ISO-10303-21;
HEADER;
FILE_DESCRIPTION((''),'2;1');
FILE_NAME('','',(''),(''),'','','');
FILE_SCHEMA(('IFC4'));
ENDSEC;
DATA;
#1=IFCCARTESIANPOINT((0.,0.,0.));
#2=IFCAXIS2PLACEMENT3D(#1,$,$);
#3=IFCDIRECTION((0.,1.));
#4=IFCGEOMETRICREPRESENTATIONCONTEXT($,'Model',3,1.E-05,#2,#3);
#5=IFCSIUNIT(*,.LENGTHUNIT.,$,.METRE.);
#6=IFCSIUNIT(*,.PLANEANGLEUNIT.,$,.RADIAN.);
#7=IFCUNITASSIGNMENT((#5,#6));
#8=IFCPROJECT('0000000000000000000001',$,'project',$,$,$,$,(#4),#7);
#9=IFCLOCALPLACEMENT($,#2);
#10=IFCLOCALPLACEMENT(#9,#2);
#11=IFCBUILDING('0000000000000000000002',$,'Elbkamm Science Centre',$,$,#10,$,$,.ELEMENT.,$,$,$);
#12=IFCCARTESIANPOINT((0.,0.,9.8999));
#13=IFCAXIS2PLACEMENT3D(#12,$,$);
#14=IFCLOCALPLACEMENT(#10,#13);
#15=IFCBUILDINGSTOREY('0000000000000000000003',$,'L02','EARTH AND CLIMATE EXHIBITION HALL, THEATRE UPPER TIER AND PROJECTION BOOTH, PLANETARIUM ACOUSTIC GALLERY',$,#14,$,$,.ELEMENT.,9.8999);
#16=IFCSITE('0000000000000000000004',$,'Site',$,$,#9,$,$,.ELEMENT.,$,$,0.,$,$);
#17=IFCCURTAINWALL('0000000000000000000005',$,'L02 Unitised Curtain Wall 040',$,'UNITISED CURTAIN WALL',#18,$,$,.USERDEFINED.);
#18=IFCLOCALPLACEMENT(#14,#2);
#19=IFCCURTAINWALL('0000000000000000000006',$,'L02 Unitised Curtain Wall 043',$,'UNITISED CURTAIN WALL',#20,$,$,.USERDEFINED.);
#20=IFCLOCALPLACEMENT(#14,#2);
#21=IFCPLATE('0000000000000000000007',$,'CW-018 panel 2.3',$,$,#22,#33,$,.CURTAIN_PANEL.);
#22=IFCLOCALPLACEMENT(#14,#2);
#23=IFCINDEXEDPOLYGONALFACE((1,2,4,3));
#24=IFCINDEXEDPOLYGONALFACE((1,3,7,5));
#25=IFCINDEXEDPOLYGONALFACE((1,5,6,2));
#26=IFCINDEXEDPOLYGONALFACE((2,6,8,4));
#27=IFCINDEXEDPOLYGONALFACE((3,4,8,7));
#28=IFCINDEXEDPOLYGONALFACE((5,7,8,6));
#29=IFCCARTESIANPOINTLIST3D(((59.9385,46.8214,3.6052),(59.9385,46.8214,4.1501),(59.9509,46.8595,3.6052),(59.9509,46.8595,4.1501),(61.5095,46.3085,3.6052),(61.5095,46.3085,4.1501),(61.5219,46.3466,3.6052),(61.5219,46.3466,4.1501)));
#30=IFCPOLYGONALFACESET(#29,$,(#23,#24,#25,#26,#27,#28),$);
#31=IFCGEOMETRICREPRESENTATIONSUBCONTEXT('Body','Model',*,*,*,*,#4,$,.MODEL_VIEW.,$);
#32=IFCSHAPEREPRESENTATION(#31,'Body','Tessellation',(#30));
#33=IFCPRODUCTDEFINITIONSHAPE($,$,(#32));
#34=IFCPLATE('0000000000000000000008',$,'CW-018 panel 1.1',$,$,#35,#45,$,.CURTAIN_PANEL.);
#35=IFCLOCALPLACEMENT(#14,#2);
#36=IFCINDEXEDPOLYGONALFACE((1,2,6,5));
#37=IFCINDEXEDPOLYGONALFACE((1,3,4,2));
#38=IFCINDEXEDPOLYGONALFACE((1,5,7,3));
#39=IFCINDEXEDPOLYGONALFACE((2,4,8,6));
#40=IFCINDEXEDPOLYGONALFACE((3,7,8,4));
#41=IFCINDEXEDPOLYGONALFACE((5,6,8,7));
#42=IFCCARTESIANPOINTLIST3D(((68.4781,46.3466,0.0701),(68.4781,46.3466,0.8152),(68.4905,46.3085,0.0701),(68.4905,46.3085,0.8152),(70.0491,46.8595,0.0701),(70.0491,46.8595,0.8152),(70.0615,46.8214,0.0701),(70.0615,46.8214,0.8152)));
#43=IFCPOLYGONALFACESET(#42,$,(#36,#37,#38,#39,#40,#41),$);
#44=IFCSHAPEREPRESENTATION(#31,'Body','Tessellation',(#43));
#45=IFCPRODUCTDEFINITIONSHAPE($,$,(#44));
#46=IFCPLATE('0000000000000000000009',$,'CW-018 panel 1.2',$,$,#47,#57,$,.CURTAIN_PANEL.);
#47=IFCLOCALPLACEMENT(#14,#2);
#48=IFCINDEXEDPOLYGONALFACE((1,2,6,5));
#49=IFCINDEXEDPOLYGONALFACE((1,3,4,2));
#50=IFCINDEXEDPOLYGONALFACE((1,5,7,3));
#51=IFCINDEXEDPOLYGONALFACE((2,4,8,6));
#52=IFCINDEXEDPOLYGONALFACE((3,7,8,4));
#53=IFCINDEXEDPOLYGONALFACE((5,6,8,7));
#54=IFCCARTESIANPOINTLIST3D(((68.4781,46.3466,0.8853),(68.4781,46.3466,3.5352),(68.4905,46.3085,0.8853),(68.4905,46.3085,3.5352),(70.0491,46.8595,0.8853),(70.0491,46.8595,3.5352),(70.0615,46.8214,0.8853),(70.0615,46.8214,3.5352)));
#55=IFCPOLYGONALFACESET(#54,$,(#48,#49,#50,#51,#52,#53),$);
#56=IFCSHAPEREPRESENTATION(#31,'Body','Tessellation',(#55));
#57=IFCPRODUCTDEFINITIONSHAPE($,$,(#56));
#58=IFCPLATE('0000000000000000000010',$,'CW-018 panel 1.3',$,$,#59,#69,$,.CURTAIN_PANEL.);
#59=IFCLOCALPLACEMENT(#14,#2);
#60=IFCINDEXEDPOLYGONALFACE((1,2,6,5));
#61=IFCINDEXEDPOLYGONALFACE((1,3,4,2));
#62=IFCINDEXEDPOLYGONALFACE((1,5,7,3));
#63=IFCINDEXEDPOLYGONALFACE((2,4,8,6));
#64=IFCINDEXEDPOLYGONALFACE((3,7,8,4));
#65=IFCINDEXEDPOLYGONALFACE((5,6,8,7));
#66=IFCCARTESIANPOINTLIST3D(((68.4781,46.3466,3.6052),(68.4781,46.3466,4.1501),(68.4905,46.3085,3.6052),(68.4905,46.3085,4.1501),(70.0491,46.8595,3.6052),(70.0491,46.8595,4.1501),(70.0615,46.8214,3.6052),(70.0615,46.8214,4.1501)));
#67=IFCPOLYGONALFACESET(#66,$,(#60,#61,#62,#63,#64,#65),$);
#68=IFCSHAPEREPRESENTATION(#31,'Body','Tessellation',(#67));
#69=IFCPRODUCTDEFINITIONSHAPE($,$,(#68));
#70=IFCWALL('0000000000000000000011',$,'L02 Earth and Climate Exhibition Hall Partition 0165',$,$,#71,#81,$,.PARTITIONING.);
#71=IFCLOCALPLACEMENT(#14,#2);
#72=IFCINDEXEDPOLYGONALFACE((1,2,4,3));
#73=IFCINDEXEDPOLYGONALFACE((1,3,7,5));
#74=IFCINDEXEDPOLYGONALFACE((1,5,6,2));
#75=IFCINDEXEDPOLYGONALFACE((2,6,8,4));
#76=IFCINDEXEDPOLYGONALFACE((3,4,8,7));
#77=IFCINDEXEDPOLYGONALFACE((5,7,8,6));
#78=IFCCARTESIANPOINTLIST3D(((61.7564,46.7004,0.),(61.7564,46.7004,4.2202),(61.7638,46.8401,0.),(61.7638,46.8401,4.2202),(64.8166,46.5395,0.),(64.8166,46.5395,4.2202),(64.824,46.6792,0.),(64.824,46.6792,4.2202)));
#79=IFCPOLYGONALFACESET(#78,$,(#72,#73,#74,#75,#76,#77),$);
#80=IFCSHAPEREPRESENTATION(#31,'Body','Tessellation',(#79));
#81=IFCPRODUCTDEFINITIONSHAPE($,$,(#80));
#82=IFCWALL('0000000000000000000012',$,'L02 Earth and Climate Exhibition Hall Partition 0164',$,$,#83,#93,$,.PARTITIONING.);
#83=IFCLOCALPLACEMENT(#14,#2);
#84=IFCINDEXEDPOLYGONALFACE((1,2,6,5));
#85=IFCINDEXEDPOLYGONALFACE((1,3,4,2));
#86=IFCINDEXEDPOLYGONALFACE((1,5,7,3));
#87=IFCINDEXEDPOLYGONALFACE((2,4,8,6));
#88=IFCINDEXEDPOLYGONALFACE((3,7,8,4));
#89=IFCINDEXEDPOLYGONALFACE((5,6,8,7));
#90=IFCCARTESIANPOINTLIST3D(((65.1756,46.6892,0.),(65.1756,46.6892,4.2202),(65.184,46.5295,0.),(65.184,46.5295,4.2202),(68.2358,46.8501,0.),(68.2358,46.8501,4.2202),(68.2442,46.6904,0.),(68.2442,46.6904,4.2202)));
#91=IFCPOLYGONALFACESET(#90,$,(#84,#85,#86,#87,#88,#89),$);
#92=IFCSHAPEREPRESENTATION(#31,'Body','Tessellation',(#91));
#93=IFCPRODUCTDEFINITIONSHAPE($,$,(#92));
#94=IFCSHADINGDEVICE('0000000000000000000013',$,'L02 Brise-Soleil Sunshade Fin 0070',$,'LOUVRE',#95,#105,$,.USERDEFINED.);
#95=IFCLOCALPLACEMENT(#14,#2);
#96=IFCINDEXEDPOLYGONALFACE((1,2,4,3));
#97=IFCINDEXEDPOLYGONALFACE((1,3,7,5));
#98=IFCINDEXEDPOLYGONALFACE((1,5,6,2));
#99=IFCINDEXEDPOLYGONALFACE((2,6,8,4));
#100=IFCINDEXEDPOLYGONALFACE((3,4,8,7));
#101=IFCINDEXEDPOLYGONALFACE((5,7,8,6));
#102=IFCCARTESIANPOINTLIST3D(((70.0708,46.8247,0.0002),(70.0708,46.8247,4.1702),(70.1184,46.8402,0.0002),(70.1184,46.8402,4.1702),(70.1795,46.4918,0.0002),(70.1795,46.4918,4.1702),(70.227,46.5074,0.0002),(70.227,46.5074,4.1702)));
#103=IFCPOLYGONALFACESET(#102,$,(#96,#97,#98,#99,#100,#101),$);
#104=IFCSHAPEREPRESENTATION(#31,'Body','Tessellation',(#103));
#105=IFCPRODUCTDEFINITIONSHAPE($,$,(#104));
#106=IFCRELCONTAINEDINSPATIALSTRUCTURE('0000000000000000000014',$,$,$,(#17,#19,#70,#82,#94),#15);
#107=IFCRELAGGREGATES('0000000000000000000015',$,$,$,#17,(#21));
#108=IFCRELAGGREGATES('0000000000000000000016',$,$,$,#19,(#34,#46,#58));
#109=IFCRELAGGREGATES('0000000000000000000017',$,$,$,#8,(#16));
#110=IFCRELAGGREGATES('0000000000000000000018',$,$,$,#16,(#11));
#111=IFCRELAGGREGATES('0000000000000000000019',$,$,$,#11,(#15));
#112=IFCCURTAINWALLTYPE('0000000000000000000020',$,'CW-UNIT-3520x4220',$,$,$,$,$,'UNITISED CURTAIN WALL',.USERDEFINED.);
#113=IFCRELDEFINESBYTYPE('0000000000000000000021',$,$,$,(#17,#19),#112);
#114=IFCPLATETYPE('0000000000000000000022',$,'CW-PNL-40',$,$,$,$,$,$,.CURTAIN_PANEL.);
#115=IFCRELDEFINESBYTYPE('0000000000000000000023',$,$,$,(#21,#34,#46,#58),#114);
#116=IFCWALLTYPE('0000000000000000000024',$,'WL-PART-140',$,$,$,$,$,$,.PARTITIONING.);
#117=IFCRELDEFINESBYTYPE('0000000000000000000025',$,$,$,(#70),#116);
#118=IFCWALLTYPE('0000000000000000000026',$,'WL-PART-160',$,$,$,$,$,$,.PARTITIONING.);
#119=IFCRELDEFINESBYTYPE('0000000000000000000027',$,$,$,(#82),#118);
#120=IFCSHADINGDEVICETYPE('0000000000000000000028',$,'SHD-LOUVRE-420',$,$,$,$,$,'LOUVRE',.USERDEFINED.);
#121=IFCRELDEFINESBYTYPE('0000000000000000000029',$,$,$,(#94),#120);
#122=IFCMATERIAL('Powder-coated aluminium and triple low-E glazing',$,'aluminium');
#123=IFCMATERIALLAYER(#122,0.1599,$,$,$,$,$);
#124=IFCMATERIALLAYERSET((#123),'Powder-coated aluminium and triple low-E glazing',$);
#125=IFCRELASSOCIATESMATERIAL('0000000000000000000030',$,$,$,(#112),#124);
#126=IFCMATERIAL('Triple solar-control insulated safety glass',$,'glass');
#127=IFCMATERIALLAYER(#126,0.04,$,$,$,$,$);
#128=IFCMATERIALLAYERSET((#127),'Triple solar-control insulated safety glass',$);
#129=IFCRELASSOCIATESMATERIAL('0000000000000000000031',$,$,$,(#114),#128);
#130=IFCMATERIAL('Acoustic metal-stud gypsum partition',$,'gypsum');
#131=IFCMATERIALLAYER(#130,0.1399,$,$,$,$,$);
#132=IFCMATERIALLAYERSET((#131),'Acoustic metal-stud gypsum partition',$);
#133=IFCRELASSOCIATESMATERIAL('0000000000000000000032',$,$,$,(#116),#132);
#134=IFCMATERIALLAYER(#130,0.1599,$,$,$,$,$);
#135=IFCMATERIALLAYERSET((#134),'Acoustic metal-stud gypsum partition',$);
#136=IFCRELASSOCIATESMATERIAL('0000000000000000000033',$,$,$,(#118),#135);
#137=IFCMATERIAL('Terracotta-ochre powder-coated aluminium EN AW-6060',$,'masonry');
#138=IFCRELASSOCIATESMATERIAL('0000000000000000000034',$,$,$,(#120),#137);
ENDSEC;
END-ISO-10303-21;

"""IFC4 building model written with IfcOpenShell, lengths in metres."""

from ifc_helpers import new_model, si_unit, direction, frame, frame_2d, origin, origin_2d, place, context, subcontext, project, spatial, rectangle, extrude, material, layer, layer_set, type_object, element, aggregate, save


model = new_model("IFC4")

# Units and contexts
model_context = context("Model", 3, precision=1e-05, world=origin(), true_north=direction((0.0, 1.0)))
body_context = subcontext(model_context, "Body", "Model", "MODEL_VIEW")
ifc_project = project(units=[si_unit("LENGTHUNIT", "METRE"), si_unit("PLANEANGLEUNIT", "RADIAN")], contexts=[model_context])

# Site, building, storey
site_placement = place(None, origin())
site = spatial("IfcSite", under=ifc_project, at=site_placement, Name="Site", CompositionType="ELEMENT", RefElevation=0.0)
building_placement = place(site_placement, origin())
building = spatial("IfcBuilding", under=site, at=building_placement, Name="Elbkamm Science Centre", CompositionType="ELEMENT")
storey_placement = place(building_placement, frame((0.0, 0.0, 9.8999)))
storey = spatial("IfcBuildingStorey", under=building, at=storey_placement, Name="L02", Description="EARTH AND CLIMATE EXHIBITION HALL, THEATRE UPPER TIER AND PROJECTION BOOTH, PLANETARIUM ACOUSTIC GALLERY", CompositionType="ELEMENT", Elevation=9.8999)

# Curtain wall
ifc_material_1 = material(Name="Powder-coated aluminium and triple low-E glazing", Category="aluminium")
ifc_layer_1 = layer(ifc_material_1, 0.1599)
ifc_layer_set_1 = layer_set([ifc_layer_1], Name="Powder-coated aluminium and triple low-E glazing")
curtain_wall_type = type_object("IfcCurtainWallType", Name="CW-UNIT-3520x4220", ElementType="UNITISED CURTAIN WALL", PredefinedType="USERDEFINED", material=ifc_layer_set_1)
curtain_wall_1_placement = place(storey_placement, origin())
curtain_wall_1 = element("IfcCurtainWall", 1, at=curtain_wall_1_placement, inside=storey, type_object=curtain_wall_type, Name="L02 Unitised Curtain Wall 040", ObjectType="UNITISED CURTAIN WALL", PredefinedType="USERDEFINED")

# Curtain wall
curtain_wall_2_placement = place(storey_placement, origin())
curtain_wall_2 = element("IfcCurtainWall", 2, at=curtain_wall_2_placement, inside=storey, type_object=curtain_wall_type, Name="L02 Unitised Curtain Wall 043", ObjectType="UNITISED CURTAIN WALL", PredefinedType="USERDEFINED")

# Plates
ifc_material_2 = material(Name="Triple solar-control insulated safety glass", Category="glass")
ifc_layer_2 = layer(ifc_material_2, 0.04)
ifc_layer_set_2 = layer_set([ifc_layer_2], Name="Triple solar-control insulated safety glass")
plate_type = type_object("IfcPlateType", Name="CW-PNL-40", PredefinedType="CURTAIN_PANEL", material=ifc_layer_set_2)
plate_1_placement = place(storey_placement, frame((60.7302, 46.584, 3.6052), z_axis=(0.0, 0.0, 1.0), x_axis=(0.950617, -0.310367, 0.0)))
plate_1 = element("IfcPlate", 3, at=plate_1_placement, type_object=plate_type, Name="CW-018 panel 2.3", PredefinedType="CURTAIN_PANEL", context=body_context, shape_type="SweptSolid", body=[
    extrude(rectangle(XDim=1.6526, YDim=0.04, at=origin_2d()), origin(), (0.0, 0.0, 1.0), 0.5449),
])
aggregate(curtain_wall_1, [plate_1])
plate_2_placement = place(storey_placement, frame((69.2698, 46.584, 0.0701), z_axis=(0.0, 0.0, 1.0), x_axis=(0.950617, 0.310367, 0.0)))
plate_2 = element("IfcPlate", 4, at=plate_2_placement, type_object=plate_type, Name="CW-018 panel 1.1", PredefinedType="CURTAIN_PANEL", context=body_context, shape_type="SweptSolid", body=[
    extrude(rectangle(XDim=1.6526, YDim=0.04, at=origin_2d()), origin(), (0.0, 0.0, 1.0), 0.7451),
])
plate_3_placement = place(storey_placement, frame((69.2698, 46.584, 0.8853), z_axis=(0.0, 0.0, 1.0), x_axis=(0.950617, 0.310367, 0.0)))
plate_3 = element("IfcPlate", 5, at=plate_3_placement, type_object=plate_type, Name="CW-018 panel 1.2", PredefinedType="CURTAIN_PANEL", context=body_context, shape_type="SweptSolid", body=[
    extrude(rectangle(XDim=1.6526, YDim=0.04, at=origin_2d()), origin(), (0.0, 0.0, 1.0), 2.6499),
])
plate_4_placement = place(storey_placement, frame((69.2698, 46.584, 3.6052), z_axis=(0.0, 0.0, 1.0), x_axis=(0.950617, 0.310367, 0.0)))
plate_4 = element("IfcPlate", 6, at=plate_4_placement, type_object=plate_type, Name="CW-018 panel 1.3", PredefinedType="CURTAIN_PANEL", context=body_context, shape_type="SweptSolid", body=[
    extrude(rectangle(XDim=1.6526, YDim=0.04, at=origin_2d()), origin(), (0.0, 0.0, 1.0), 0.5449),
])
aggregate(curtain_wall_2, [plate_2, plate_3, plate_4])

# Walls
ifc_material_3 = material(Name="Acoustic metal-stud gypsum partition", Category="gypsum")
ifc_layer_3 = layer(ifc_material_3, 0.1399)
ifc_layer_set_3 = layer_set([ifc_layer_3], Name="Acoustic metal-stud gypsum partition")
wall_type_1 = type_object("IfcWallType", Name="WL-PART-140", PredefinedType="PARTITIONING", material=ifc_layer_set_3)
wall_1_placement = place(storey_placement, frame((64.8203, 46.6094, 0.0), z_axis=(0.0, 0.0, 1.0), x_axis=(-0.998621, 0.0525, 0.0)))
element("IfcWall", 7, at=wall_1_placement, inside=storey, type_object=wall_type_1, Name="L02 Earth and Climate Exhibition Hall Partition 0165", PredefinedType="PARTITIONING", context=body_context, shape_type="SweptSolid", body=[
    extrude(rectangle(XDim=3.0645, YDim=0.1399, at=frame_2d((1.5322, 0.0))), origin(), (0.0, 0.0, 1.0), 4.2202),
])
ifc_layer_4 = layer(ifc_material_3, 0.1599)
ifc_layer_set_4 = layer_set([ifc_layer_4], Name="Acoustic metal-stud gypsum partition")
wall_type_2 = type_object("IfcWallType", Name="WL-PART-160", PredefinedType="PARTITIONING", material=ifc_layer_set_4)
wall_2_placement = place(storey_placement, frame((68.24, 46.7703, 0.0), z_axis=(0.0, 0.0, 1.0), x_axis=(-0.998621, -0.0525, 0.0)))
element("IfcWall", 8, at=wall_2_placement, inside=storey, type_object=wall_type_2, Name="L02 Earth and Climate Exhibition Hall Partition 0164", PredefinedType="PARTITIONING", context=body_context, shape_type="SweptSolid", body=[
    extrude(rectangle(XDim=3.0645, YDim=0.1599, at=frame_2d((1.5322, 0.0))), origin(), (0.0, 0.0, 1.0), 4.2202),
])

# Shading device
ifc_material_4 = material(Name="Terracotta-ochre powder-coated aluminium EN AW-6060", Category="masonry")
shading_device_type = type_object("IfcShadingDeviceType", Name="SHD-LOUVRE-420", ElementType="LOUVRE", PredefinedType="USERDEFINED", material=ifc_material_4)
shading_device_placement = place(storey_placement, frame((70.1489, 46.666, 0.0002), z_axis=(0.0, 0.0, 1.0), x_axis=(0.310368, -0.950617, 0.0)))
element("IfcShadingDevice", 9, at=shading_device_placement, inside=storey, type_object=shading_device_type, Name="L02 Brise-Soleil Sunshade Fin 0070", ObjectType="LOUVRE", PredefinedType="USERDEFINED", context=body_context, shape_type="SweptSolid", body=[
    extrude(rectangle(XDim=0.3501, YDim=0.05, at=origin_2d()), origin(), (0.0, 0.0, 1.0), 4.1699),
])

save(model, "model.ifc")
